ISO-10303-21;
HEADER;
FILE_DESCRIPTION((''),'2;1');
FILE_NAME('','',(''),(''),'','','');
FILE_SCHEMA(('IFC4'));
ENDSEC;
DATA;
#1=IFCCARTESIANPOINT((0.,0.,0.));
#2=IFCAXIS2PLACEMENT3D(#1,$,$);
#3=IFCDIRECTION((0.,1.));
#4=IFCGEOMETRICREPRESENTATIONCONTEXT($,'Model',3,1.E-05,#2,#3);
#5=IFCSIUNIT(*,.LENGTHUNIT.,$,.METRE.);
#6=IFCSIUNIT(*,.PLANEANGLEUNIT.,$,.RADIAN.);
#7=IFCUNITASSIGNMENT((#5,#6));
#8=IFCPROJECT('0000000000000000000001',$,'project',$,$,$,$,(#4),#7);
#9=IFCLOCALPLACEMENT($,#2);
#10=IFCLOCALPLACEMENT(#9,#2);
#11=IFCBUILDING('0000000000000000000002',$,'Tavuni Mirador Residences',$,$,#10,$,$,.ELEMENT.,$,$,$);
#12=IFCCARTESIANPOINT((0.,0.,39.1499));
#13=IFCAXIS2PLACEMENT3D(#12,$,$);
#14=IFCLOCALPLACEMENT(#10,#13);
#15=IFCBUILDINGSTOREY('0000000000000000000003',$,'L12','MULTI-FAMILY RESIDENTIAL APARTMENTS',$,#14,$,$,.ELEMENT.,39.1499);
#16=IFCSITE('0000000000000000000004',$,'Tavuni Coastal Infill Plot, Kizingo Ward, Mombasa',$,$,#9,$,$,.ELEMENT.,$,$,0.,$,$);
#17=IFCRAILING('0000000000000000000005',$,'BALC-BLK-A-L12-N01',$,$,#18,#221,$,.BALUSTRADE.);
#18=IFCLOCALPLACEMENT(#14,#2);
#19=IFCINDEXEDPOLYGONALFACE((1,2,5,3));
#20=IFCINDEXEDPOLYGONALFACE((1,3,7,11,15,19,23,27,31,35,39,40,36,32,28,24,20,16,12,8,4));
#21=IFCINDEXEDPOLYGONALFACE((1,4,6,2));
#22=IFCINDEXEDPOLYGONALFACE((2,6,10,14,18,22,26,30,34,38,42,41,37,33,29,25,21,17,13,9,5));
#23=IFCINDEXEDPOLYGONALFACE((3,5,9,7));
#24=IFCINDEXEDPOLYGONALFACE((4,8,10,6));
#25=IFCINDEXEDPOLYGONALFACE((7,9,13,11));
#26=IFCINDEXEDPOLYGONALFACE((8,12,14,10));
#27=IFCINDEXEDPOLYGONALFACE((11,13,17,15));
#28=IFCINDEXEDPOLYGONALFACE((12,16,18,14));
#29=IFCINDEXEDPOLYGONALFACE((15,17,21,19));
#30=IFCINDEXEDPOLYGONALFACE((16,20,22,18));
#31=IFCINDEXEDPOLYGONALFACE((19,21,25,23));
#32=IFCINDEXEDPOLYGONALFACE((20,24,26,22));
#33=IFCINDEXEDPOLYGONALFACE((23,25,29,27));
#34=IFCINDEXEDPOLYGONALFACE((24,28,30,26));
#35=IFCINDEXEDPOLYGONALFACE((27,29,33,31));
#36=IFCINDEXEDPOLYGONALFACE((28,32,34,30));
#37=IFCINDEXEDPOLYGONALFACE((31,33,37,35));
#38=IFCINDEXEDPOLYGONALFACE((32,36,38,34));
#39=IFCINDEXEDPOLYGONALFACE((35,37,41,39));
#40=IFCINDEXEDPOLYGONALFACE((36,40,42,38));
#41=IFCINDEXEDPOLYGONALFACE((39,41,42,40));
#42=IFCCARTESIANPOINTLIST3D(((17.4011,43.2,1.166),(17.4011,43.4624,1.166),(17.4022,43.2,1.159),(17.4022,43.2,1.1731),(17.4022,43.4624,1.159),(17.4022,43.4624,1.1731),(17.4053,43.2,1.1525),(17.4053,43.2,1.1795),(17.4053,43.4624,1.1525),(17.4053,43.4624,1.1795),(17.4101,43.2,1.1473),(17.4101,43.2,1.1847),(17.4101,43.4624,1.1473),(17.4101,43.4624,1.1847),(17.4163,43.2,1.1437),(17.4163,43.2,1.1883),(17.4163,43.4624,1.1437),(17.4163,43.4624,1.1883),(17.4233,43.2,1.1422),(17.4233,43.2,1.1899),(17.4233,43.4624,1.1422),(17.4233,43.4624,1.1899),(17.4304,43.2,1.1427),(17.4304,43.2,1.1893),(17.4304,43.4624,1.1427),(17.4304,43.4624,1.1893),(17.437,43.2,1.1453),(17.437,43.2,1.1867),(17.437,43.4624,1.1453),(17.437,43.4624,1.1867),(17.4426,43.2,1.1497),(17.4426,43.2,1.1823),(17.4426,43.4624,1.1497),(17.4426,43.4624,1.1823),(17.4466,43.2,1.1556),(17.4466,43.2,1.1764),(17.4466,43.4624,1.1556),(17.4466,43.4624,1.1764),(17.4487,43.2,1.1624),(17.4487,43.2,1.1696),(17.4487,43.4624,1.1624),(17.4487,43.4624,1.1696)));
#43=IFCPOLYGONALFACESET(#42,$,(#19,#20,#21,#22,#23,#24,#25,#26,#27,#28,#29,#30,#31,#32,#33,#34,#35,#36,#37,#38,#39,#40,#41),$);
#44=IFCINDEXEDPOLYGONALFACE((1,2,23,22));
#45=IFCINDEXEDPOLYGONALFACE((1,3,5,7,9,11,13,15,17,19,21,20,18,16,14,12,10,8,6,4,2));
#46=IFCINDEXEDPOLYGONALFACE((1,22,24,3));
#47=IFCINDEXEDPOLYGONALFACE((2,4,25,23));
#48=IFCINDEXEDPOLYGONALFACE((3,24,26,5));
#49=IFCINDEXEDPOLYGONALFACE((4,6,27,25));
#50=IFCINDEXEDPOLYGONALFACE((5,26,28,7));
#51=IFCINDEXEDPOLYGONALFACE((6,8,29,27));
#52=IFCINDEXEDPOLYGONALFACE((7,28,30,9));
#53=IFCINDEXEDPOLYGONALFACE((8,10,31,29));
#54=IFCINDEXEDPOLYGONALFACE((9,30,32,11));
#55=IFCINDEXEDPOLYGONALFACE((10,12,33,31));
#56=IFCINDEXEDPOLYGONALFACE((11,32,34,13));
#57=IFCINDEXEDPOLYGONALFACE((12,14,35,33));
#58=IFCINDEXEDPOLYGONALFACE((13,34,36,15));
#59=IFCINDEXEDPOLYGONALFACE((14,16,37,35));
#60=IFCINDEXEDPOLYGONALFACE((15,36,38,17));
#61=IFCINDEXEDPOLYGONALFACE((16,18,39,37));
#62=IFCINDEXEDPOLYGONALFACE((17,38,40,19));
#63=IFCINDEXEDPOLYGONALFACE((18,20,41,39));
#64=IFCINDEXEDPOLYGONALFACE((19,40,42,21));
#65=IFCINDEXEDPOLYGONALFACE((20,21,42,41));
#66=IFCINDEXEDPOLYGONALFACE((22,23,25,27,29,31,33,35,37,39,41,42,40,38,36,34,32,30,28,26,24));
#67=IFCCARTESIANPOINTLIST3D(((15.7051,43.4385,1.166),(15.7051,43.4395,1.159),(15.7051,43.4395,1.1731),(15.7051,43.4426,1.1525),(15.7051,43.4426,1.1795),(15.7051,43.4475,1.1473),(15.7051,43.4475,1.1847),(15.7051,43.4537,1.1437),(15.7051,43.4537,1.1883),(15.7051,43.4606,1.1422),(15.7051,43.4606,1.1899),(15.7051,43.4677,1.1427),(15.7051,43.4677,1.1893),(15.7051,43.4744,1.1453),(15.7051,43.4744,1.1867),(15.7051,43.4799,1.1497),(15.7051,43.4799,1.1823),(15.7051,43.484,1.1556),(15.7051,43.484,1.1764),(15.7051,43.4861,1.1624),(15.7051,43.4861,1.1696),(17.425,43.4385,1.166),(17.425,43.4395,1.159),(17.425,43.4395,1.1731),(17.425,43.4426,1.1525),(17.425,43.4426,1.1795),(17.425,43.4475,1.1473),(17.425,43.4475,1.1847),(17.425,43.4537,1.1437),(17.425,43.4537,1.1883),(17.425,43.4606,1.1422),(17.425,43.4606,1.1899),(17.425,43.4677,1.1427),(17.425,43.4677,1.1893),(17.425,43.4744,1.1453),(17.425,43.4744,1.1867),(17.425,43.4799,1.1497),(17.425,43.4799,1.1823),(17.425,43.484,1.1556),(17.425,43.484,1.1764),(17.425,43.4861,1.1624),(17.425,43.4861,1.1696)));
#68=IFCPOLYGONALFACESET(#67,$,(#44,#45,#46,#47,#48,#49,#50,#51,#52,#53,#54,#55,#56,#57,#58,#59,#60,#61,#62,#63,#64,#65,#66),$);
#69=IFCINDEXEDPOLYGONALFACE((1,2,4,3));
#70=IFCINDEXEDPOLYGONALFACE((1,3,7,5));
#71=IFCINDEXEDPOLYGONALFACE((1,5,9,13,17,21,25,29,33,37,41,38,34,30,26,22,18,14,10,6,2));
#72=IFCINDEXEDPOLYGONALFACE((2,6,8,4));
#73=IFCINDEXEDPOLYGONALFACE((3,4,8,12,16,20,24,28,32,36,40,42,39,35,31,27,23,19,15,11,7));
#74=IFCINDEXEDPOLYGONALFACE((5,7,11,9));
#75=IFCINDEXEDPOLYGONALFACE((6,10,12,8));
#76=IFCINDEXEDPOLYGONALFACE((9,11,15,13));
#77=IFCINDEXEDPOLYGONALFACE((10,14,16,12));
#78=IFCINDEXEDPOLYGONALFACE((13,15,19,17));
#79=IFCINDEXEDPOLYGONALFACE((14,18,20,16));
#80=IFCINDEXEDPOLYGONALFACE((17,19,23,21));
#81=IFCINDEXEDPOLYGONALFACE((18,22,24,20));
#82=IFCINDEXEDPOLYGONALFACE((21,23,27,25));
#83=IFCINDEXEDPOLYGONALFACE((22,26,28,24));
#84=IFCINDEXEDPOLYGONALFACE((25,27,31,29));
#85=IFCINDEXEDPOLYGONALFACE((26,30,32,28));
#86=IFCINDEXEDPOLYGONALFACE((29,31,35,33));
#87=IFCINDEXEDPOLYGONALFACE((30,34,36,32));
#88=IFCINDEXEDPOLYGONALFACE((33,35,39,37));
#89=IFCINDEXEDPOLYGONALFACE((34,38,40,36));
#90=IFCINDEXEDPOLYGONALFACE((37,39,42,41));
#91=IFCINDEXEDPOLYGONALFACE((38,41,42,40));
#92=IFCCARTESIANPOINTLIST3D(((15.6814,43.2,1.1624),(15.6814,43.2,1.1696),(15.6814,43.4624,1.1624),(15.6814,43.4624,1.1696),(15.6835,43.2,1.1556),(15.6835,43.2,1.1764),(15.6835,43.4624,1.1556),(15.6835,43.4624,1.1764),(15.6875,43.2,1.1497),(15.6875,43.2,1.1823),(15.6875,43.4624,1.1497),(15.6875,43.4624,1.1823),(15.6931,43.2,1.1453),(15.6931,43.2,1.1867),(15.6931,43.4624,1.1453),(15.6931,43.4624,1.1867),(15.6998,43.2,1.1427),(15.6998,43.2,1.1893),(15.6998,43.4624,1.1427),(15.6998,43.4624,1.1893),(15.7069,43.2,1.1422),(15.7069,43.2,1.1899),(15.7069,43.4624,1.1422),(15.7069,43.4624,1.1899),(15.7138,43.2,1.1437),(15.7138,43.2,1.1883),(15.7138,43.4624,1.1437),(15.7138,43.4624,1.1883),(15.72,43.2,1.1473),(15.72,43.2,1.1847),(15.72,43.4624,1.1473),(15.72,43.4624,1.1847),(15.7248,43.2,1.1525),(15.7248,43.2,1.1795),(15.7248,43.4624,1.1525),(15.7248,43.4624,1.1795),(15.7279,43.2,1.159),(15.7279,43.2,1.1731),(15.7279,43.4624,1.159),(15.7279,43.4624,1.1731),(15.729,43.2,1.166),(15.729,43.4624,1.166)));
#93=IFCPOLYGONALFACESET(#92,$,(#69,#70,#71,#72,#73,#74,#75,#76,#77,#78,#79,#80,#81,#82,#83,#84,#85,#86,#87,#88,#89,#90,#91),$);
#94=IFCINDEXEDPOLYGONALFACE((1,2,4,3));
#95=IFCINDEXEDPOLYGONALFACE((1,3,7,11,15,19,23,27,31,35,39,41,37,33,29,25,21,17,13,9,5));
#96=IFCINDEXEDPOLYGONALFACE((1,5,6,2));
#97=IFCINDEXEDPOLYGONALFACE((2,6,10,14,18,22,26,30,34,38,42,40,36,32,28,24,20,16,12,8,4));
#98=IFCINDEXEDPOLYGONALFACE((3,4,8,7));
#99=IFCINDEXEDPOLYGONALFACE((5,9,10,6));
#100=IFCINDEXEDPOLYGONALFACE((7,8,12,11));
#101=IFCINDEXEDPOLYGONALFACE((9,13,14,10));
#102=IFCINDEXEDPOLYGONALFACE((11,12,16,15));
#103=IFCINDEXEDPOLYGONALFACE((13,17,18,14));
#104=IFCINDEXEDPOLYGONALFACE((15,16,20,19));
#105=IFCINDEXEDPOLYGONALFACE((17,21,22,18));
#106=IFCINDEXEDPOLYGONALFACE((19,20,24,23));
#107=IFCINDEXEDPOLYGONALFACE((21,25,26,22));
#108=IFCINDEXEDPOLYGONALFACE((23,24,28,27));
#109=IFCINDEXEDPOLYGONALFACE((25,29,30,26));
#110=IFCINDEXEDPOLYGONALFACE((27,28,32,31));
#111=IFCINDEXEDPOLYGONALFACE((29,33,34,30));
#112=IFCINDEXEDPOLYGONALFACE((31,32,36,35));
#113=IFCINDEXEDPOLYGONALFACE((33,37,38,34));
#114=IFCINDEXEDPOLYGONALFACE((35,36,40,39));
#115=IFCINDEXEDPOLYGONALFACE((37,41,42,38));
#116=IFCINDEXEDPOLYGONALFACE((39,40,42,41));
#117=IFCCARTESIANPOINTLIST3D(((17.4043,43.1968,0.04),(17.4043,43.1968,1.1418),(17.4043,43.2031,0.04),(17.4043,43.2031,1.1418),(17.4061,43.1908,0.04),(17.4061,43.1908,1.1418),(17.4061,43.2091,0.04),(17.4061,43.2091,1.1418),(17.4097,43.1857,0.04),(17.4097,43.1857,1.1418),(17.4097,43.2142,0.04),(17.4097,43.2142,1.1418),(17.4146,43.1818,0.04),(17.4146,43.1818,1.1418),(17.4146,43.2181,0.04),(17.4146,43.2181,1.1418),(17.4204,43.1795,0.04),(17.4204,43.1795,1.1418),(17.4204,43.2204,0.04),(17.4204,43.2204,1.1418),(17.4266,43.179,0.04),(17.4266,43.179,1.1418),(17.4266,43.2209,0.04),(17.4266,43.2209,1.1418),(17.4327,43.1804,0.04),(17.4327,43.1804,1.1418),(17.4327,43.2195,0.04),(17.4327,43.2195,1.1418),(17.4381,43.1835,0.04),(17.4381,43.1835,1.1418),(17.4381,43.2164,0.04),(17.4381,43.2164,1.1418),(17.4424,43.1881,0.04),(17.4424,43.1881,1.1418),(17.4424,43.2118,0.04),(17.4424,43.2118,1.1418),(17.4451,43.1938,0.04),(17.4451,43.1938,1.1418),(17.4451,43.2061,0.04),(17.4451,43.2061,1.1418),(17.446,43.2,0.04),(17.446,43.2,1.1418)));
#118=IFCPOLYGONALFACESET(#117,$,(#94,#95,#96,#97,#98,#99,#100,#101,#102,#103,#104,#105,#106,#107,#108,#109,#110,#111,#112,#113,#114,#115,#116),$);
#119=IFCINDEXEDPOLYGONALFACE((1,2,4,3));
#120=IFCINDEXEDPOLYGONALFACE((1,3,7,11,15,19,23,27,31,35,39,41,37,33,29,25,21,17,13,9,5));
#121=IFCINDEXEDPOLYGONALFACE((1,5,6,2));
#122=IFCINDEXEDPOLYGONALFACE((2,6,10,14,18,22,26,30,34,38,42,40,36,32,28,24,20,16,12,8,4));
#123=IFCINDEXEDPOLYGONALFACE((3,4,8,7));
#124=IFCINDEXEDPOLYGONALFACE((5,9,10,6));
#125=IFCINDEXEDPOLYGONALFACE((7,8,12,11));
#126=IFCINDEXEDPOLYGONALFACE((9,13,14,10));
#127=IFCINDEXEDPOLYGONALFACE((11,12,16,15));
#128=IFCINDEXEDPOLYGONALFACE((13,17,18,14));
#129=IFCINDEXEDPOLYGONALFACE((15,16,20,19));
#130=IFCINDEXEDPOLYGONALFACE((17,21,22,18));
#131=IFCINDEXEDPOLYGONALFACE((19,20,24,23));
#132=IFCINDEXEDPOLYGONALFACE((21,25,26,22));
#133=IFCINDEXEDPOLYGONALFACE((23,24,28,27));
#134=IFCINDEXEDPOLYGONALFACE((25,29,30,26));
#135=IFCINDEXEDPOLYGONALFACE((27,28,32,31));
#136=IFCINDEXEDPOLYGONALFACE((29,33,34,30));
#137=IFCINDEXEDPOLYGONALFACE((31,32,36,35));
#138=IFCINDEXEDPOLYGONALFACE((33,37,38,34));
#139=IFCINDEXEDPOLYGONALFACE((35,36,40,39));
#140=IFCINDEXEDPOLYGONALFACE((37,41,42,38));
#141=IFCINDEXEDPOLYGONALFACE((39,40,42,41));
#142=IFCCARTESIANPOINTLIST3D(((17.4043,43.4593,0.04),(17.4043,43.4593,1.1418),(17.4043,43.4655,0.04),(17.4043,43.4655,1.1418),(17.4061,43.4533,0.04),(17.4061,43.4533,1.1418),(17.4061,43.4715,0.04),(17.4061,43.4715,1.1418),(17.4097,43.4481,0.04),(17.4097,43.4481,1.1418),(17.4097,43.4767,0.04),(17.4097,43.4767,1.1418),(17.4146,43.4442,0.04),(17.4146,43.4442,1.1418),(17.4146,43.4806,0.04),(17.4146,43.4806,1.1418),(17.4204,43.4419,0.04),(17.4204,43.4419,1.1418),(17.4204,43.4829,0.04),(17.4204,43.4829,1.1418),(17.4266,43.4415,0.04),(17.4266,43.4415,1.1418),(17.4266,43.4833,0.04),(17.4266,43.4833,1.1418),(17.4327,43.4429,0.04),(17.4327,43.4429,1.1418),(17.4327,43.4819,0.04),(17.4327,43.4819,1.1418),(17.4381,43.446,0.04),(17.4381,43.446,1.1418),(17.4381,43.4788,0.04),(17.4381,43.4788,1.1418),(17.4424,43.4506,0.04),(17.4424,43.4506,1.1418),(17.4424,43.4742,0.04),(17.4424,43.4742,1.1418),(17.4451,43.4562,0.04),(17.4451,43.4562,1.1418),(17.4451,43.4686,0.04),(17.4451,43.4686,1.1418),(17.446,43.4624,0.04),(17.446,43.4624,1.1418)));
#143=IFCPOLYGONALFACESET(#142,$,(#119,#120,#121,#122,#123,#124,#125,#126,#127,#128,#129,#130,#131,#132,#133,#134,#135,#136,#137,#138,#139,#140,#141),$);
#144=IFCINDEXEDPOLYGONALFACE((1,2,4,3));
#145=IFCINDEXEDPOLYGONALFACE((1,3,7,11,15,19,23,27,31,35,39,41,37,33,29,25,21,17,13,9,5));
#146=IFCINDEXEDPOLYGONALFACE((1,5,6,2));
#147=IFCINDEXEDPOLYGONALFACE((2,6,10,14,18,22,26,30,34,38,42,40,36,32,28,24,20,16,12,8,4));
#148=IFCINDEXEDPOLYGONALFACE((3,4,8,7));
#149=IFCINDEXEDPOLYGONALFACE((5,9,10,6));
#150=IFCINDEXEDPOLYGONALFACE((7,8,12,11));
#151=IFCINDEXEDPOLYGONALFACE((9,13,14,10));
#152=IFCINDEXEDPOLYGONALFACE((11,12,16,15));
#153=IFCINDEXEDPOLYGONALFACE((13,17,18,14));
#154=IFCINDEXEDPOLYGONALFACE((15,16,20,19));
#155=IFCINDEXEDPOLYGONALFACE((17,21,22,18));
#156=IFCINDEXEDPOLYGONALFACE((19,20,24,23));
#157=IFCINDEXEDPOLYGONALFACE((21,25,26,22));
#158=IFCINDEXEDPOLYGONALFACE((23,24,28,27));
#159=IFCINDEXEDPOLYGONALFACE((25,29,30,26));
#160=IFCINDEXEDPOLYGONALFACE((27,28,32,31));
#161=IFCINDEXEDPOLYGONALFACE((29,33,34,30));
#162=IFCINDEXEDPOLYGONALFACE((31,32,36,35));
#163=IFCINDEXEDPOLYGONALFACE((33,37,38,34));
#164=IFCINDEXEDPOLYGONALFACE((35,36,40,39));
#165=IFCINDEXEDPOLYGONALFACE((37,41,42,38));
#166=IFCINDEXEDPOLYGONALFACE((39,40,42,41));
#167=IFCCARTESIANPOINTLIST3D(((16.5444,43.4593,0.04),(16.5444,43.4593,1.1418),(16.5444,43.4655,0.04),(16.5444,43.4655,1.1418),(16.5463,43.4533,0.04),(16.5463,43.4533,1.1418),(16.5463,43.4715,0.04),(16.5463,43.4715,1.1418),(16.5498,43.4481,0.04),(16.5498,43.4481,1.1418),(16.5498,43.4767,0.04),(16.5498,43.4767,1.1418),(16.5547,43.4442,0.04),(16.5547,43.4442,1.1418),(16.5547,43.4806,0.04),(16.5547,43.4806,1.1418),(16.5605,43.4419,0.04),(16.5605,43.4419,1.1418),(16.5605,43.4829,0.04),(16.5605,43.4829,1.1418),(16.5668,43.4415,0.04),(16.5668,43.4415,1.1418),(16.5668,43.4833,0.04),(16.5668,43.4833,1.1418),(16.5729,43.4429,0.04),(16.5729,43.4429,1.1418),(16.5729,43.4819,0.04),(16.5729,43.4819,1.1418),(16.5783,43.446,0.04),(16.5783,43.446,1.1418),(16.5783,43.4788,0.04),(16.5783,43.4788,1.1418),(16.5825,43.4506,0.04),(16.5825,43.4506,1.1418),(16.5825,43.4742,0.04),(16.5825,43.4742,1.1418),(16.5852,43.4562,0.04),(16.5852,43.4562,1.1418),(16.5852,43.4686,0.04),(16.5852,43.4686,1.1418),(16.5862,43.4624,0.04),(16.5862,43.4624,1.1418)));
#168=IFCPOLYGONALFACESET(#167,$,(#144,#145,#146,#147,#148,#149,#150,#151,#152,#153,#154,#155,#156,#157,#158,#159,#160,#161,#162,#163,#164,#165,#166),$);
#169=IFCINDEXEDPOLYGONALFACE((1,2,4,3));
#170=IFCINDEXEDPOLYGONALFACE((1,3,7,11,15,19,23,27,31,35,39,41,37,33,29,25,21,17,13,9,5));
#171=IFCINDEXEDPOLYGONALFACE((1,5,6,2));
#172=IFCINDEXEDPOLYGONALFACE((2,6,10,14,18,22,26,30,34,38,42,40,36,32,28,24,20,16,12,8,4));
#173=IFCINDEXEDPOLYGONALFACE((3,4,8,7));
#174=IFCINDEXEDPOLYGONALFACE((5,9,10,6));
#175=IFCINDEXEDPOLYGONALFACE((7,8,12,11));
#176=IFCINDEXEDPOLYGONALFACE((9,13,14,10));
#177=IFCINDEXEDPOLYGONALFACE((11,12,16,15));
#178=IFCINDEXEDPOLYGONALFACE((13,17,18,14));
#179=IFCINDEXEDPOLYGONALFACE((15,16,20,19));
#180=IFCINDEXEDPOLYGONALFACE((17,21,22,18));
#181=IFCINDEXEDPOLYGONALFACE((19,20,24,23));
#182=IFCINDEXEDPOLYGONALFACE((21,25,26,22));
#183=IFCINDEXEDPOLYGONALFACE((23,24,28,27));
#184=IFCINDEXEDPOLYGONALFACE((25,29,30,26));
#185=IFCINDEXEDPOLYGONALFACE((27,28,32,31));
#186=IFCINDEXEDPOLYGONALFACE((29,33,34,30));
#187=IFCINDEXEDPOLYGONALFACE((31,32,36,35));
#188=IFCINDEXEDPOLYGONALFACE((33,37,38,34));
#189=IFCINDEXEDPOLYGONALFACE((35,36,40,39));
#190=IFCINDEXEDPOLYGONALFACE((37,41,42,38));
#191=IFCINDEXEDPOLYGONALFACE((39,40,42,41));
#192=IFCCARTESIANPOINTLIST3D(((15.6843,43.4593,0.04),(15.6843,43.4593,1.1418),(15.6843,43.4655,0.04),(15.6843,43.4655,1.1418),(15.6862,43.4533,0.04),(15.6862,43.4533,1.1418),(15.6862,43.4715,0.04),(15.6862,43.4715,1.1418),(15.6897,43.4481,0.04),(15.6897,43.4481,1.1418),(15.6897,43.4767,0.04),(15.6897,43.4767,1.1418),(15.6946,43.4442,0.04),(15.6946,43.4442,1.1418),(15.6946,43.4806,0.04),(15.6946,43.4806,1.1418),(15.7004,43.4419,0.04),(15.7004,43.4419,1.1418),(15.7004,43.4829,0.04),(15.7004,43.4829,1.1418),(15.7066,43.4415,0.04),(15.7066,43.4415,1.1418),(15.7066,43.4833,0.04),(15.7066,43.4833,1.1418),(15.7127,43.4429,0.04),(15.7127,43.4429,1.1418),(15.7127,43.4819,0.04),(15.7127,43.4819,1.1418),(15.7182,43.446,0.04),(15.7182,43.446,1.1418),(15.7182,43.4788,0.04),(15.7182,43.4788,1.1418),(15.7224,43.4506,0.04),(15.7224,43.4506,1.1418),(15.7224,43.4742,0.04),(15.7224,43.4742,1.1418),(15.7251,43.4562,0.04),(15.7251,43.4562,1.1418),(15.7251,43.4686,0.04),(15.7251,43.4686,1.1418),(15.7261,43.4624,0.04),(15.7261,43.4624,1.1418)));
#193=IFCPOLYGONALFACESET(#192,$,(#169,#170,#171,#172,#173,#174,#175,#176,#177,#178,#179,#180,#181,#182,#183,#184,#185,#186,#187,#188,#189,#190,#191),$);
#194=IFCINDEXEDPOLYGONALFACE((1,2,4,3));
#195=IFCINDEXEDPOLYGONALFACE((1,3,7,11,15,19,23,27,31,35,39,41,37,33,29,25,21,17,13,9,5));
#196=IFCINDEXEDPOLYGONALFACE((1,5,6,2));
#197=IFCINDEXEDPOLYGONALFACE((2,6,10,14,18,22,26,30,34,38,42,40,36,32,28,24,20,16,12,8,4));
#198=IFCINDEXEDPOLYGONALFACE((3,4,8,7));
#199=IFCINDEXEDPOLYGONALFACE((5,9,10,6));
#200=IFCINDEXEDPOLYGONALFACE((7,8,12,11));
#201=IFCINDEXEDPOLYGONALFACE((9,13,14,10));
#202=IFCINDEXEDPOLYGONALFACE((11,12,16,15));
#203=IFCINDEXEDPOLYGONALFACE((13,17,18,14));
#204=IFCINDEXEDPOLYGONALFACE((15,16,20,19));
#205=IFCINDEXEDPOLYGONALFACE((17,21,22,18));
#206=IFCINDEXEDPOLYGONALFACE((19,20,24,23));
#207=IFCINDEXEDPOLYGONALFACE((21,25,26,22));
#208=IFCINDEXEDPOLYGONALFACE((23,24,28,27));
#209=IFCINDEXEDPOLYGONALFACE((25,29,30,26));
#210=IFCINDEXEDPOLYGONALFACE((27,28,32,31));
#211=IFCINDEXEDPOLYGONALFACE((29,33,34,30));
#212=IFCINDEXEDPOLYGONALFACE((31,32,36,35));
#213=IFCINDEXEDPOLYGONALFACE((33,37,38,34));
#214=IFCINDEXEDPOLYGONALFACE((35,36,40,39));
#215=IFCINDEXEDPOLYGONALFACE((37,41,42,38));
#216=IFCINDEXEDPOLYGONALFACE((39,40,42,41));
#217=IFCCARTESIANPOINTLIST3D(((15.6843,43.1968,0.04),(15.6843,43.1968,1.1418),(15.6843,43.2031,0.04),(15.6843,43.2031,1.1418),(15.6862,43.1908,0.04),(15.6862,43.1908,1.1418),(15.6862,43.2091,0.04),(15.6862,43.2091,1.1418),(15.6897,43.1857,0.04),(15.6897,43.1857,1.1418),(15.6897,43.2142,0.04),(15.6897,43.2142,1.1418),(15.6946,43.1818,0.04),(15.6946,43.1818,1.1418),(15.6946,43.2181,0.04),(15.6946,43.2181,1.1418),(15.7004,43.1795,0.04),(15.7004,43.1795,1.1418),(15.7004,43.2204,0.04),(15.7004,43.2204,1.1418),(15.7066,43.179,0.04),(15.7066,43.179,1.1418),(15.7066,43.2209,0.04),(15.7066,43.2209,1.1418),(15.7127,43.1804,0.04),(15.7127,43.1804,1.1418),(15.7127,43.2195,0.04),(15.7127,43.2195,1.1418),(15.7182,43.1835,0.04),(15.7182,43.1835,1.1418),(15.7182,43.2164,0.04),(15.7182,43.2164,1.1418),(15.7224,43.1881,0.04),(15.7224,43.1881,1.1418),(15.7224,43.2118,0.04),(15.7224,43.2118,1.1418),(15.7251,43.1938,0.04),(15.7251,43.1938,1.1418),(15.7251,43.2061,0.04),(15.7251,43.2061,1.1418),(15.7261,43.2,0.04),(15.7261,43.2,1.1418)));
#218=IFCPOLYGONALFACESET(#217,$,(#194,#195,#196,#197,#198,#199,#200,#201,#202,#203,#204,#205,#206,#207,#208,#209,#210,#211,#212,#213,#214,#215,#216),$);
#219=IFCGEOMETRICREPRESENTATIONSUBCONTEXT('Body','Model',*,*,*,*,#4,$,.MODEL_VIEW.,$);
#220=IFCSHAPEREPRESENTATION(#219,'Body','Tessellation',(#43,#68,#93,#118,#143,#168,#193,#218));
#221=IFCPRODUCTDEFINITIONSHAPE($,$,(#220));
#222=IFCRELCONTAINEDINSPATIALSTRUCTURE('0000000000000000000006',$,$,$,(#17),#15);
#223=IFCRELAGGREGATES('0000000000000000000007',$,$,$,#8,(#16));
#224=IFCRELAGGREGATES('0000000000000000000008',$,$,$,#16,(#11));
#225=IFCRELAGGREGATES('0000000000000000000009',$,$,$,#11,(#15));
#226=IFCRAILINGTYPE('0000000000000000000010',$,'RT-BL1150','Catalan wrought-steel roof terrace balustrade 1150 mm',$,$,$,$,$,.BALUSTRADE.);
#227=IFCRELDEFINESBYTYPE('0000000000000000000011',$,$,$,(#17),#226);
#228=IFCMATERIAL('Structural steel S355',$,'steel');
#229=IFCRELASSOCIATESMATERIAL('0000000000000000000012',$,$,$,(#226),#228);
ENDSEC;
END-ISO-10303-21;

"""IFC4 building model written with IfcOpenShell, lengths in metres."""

from ifc_helpers import new_model, si_unit, direction, frame, origin, origin_2d, place, context, subcontext, project, spatial, circle, extrude, material, type_object, element, save


model = new_model("IFC4")

# Units and contexts
model_context = context("Model", 3, precision=1e-05, world=origin(), true_north=direction((0.0, 1.0)))
body_context = subcontext(model_context, "Body", "Model", "MODEL_VIEW")
ifc_project = project(units=[si_unit("LENGTHUNIT", "METRE"), si_unit("PLANEANGLEUNIT", "RADIAN")], contexts=[model_context])

# Site, building, storey
site_placement = place(None, origin())
site = spatial("IfcSite", under=ifc_project, at=site_placement, Name="Tavuni Coastal Infill Plot, Kizingo Ward, Mombasa", CompositionType="ELEMENT", RefElevation=0.0)
building_placement = place(site_placement, origin())
building = spatial("IfcBuilding", under=site, at=building_placement, Name="Tavuni Mirador Residences", CompositionType="ELEMENT")
storey_placement = place(building_placement, frame((0.0, 0.0, 39.1499)))
storey = spatial("IfcBuildingStorey", under=building, at=storey_placement, Name="L12", Description="MULTI-FAMILY RESIDENTIAL APARTMENTS", CompositionType="ELEMENT", Elevation=39.1499)

# Railing
ifc_material_1 = material(Name="Structural steel S355", Category="steel")
railing_type = type_object("IfcRailingType", Name="RT-BL1150", Description="Catalan wrought-steel roof terrace balustrade 1150 mm", PredefinedType="BALUSTRADE", material=ifc_material_1)
railing_placement = place(storey_placement, frame((17.425, 43.2, 0.04)))
element("IfcRailing", 1, at=railing_placement, inside=storey, type_object=railing_type, Name="BALC-BLK-A-L12-N01", PredefinedType="BALUSTRADE", context=body_context, shape_type="SweptSolid", body=[
    extrude(circle(Radius=0.0239, at=origin_2d()), frame((0.0, 0.0, 1.126), z_axis=(0.0, 1.0, 0.0), x_axis=(-1.0, 0.0, 0.0)), (0.0, 0.0, 1.0), 0.2625),
    extrude(circle(Radius=0.0239, at=origin_2d()), frame((0.0, 0.2625, 1.126), z_axis=(-1.0, 0.0, 0.0), x_axis=(0.0, -1.0, 0.0)), (0.0, 0.0, 1.0), 1.72),
    extrude(circle(Radius=0.0239, at=origin_2d()), frame((-1.72, 0.2625, 1.126), z_axis=(0.0, -1.0, 0.0), x_axis=(1.0, 0.0, 0.0)), (0.0, 0.0, 1.0), 0.2625),
    extrude(circle(Radius=0.021, at=origin_2d()), origin(), (0.0, 0.0, 1.0), 1.1018),
    extrude(circle(Radius=0.021, at=origin_2d()), frame((0.0, 0.2625, 0.0)), (0.0, 0.0, 1.0), 1.1018),
    extrude(circle(Radius=0.021, at=origin_2d()), frame((-0.8599, 0.2625, 0.0)), (0.0, 0.0, 1.0), 1.1018),
    extrude(circle(Radius=0.021, at=origin_2d()), frame((-1.72, 0.2625, 0.0)), (0.0, 0.0, 1.0), 1.1018),
    extrude(circle(Radius=0.021, at=origin_2d()), frame((-1.72, 0.0, 0.0)), (0.0, 0.0, 1.0), 1.1018),
])

save(model, "model.ifc")
